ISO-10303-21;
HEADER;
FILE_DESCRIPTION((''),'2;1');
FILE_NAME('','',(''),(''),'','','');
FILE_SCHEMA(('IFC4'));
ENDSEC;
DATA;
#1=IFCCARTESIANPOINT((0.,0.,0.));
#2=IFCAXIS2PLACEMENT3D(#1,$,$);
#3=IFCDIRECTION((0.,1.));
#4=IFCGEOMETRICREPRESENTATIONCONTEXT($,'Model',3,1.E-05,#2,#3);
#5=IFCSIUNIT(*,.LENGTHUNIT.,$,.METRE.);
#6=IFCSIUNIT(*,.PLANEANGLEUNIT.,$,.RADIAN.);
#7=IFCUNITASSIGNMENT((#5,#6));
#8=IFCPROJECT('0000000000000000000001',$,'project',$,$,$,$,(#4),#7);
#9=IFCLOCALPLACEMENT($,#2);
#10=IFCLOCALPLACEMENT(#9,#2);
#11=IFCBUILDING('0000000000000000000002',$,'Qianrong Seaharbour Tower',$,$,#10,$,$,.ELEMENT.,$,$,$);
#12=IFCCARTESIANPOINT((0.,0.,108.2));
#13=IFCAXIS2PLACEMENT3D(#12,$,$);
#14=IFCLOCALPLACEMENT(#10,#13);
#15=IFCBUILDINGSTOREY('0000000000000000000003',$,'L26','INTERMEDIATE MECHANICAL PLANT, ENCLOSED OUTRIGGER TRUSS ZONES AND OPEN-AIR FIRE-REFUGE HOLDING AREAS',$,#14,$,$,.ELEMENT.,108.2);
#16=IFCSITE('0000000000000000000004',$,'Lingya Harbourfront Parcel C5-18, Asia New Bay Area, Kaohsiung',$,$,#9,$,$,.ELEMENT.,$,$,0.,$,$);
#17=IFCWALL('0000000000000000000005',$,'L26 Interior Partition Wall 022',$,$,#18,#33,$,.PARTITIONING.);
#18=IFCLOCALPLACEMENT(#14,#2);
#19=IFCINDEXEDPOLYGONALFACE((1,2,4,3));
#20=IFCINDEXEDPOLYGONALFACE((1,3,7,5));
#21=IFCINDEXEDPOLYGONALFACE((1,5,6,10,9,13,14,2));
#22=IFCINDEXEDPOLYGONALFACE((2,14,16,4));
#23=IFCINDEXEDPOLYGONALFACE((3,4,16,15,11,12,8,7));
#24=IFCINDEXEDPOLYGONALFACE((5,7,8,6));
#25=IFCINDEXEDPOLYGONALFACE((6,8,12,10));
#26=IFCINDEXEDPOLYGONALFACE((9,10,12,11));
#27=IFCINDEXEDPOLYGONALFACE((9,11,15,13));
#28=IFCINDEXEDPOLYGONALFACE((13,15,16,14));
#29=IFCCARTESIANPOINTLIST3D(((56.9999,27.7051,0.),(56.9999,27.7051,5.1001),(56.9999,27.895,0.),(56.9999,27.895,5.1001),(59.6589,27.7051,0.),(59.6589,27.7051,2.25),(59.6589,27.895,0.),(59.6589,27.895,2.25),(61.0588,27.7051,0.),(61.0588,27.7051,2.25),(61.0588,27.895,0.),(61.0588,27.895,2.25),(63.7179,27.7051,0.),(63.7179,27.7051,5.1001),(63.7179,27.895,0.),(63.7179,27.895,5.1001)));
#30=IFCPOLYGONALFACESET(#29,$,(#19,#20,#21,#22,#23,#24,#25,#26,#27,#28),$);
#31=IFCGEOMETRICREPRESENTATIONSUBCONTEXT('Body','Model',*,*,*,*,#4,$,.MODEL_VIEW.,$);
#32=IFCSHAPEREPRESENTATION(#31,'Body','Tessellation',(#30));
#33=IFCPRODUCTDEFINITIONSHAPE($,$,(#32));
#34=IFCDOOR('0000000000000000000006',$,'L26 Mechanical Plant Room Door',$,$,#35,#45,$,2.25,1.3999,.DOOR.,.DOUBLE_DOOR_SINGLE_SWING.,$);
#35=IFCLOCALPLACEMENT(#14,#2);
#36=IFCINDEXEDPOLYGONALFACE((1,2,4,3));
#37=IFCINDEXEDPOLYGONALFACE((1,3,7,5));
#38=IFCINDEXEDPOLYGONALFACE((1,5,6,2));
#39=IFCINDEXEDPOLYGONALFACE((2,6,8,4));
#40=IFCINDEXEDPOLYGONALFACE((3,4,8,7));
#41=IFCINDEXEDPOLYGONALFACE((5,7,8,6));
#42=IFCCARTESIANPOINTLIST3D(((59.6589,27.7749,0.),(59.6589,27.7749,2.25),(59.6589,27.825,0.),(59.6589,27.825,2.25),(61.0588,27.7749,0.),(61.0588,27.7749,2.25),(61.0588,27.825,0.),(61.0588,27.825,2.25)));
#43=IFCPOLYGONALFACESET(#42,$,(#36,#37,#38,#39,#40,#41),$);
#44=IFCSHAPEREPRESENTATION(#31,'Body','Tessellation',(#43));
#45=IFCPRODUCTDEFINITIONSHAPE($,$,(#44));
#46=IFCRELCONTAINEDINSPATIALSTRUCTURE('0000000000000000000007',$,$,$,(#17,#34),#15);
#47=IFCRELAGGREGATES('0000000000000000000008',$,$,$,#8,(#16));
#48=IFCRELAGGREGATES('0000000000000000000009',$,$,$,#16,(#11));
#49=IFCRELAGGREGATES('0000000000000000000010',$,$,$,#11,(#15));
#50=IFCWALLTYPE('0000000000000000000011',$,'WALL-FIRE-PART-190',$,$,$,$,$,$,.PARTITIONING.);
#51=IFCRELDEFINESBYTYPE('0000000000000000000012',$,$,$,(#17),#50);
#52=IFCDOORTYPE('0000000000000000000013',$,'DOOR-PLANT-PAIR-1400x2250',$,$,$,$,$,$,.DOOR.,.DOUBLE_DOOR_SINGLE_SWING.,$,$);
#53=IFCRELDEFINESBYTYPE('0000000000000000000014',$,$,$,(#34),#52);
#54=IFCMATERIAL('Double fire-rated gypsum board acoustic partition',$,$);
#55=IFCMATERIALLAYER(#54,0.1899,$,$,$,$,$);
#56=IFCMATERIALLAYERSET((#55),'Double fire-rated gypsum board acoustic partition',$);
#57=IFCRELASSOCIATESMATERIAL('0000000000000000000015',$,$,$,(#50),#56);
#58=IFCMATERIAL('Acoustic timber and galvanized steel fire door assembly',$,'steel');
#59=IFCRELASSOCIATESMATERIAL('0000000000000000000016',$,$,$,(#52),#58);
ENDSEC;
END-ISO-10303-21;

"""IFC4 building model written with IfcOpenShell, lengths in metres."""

from ifc_helpers import new_model, si_unit, direction, frame, frame_2d, origin, place, context, subcontext, project, spatial, rectangle, extrude, material, layer, layer_set, type_object, element, fill, save


model = new_model("IFC4")

# Units and contexts
model_context = context("Model", 3, precision=1e-05, world=origin(), true_north=direction((0.0, 1.0)))
body_context = subcontext(model_context, "Body", "Model", "MODEL_VIEW")
ifc_project = project(units=[si_unit("LENGTHUNIT", "METRE"), si_unit("PLANEANGLEUNIT", "RADIAN")], contexts=[model_context])

# Site, building, storey
site_placement = place(None, origin())
site = spatial("IfcSite", under=ifc_project, at=site_placement, Name="Lingya Harbourfront Parcel C5-18, Asia New Bay Area, Kaohsiung", CompositionType="ELEMENT", RefElevation=0.0)
building_placement = place(site_placement, origin())
building = spatial("IfcBuilding", under=site, at=building_placement, Name="Qianrong Seaharbour Tower", CompositionType="ELEMENT")
storey_placement = place(building_placement, frame((0.0, 0.0, 108.2)))
storey = spatial("IfcBuildingStorey", under=building, at=storey_placement, Name="L26", Description="INTERMEDIATE MECHANICAL PLANT, ENCLOSED OUTRIGGER TRUSS ZONES AND OPEN-AIR FIRE-REFUGE HOLDING AREAS", CompositionType="ELEMENT", Elevation=108.2)

# Shared definitions
ifc_material_1 = material(Name="Double fire-rated gypsum board acoustic partition")
ifc_layer_1 = layer(ifc_material_1, 0.1899)
ifc_layer_set_1 = layer_set([ifc_layer_1], Name="Double fire-rated gypsum board acoustic partition")
wall_type = type_object("IfcWallType", Name="WALL-FIRE-PART-190", PredefinedType="PARTITIONING", material=ifc_layer_set_1)

# Wall, opening, door
ifc_material_2 = material(Name="Acoustic timber and galvanized steel fire door assembly", Category="steel")
door_type = type_object("IfcDoorType", Name="DOOR-PLANT-PAIR-1400x2250", OperationType="DOUBLE_DOOR_SINGLE_SWING", PredefinedType="DOOR", material=ifc_material_2)
wall_1_placement = place(storey_placement, frame((57.0, 27.8, 0.0), z_axis=(0.0, 0.0, 1.0), x_axis=(1.0, 0.0, 0.0)))
wall_1 = element("IfcWall", 1, at=wall_1_placement, inside=storey, type_object=wall_type, Name="L26 Interior Partition Wall 022", PredefinedType="PARTITIONING", context=body_context, shape_type="SweptSolid", body=[
    extrude(rectangle(XDim=6.718, YDim=0.1899, at=frame_2d((3.3589, 0.0))), origin(), (0.0, 0.0, 1.0), 5.1001),
])
opening_1_placement = place(wall_1_placement, frame((2.6589, 0.0, 0.0)))
opening_1 = element("IfcOpeningElement", 2, at=opening_1_placement, cuts=wall_1, PredefinedType="OPENING", context=body_context, shape_type="SweptSolid", body=[
    extrude(rectangle(XDim=1.3999, YDim=2.25, at=frame_2d((0.7, 1.125))), frame((0.0, 0.105, 0.0), z_axis=(0.0, -1.0, 0.0), x_axis=(1.0, 0.0, 0.0)), (0.0, 0.0, 1.0), 0.21),
])
door_1_placement = place(opening_1_placement, origin())
door_1 = element("IfcDoor", 3, at=door_1_placement, inside=storey, type_object=door_type, Name="L26 Mechanical Plant Room Door", OperationType="DOUBLE_DOOR_SINGLE_SWING", OverallHeight=2.25, OverallWidth=1.3999, PredefinedType="DOOR", context=body_context, shape_type="SweptSolid", body=[
    extrude(rectangle(XDim=1.3999, YDim=2.25, at=frame_2d((0.7, 1.125))), frame((0.0, 0.0249, 0.0), z_axis=(0.0, -1.0, 0.0), x_axis=(1.0, 0.0, 0.0)), (0.0, 0.0, 1.0), 0.05),
])
fill(opening_1, door_1)

save(model, "model.ifc")
